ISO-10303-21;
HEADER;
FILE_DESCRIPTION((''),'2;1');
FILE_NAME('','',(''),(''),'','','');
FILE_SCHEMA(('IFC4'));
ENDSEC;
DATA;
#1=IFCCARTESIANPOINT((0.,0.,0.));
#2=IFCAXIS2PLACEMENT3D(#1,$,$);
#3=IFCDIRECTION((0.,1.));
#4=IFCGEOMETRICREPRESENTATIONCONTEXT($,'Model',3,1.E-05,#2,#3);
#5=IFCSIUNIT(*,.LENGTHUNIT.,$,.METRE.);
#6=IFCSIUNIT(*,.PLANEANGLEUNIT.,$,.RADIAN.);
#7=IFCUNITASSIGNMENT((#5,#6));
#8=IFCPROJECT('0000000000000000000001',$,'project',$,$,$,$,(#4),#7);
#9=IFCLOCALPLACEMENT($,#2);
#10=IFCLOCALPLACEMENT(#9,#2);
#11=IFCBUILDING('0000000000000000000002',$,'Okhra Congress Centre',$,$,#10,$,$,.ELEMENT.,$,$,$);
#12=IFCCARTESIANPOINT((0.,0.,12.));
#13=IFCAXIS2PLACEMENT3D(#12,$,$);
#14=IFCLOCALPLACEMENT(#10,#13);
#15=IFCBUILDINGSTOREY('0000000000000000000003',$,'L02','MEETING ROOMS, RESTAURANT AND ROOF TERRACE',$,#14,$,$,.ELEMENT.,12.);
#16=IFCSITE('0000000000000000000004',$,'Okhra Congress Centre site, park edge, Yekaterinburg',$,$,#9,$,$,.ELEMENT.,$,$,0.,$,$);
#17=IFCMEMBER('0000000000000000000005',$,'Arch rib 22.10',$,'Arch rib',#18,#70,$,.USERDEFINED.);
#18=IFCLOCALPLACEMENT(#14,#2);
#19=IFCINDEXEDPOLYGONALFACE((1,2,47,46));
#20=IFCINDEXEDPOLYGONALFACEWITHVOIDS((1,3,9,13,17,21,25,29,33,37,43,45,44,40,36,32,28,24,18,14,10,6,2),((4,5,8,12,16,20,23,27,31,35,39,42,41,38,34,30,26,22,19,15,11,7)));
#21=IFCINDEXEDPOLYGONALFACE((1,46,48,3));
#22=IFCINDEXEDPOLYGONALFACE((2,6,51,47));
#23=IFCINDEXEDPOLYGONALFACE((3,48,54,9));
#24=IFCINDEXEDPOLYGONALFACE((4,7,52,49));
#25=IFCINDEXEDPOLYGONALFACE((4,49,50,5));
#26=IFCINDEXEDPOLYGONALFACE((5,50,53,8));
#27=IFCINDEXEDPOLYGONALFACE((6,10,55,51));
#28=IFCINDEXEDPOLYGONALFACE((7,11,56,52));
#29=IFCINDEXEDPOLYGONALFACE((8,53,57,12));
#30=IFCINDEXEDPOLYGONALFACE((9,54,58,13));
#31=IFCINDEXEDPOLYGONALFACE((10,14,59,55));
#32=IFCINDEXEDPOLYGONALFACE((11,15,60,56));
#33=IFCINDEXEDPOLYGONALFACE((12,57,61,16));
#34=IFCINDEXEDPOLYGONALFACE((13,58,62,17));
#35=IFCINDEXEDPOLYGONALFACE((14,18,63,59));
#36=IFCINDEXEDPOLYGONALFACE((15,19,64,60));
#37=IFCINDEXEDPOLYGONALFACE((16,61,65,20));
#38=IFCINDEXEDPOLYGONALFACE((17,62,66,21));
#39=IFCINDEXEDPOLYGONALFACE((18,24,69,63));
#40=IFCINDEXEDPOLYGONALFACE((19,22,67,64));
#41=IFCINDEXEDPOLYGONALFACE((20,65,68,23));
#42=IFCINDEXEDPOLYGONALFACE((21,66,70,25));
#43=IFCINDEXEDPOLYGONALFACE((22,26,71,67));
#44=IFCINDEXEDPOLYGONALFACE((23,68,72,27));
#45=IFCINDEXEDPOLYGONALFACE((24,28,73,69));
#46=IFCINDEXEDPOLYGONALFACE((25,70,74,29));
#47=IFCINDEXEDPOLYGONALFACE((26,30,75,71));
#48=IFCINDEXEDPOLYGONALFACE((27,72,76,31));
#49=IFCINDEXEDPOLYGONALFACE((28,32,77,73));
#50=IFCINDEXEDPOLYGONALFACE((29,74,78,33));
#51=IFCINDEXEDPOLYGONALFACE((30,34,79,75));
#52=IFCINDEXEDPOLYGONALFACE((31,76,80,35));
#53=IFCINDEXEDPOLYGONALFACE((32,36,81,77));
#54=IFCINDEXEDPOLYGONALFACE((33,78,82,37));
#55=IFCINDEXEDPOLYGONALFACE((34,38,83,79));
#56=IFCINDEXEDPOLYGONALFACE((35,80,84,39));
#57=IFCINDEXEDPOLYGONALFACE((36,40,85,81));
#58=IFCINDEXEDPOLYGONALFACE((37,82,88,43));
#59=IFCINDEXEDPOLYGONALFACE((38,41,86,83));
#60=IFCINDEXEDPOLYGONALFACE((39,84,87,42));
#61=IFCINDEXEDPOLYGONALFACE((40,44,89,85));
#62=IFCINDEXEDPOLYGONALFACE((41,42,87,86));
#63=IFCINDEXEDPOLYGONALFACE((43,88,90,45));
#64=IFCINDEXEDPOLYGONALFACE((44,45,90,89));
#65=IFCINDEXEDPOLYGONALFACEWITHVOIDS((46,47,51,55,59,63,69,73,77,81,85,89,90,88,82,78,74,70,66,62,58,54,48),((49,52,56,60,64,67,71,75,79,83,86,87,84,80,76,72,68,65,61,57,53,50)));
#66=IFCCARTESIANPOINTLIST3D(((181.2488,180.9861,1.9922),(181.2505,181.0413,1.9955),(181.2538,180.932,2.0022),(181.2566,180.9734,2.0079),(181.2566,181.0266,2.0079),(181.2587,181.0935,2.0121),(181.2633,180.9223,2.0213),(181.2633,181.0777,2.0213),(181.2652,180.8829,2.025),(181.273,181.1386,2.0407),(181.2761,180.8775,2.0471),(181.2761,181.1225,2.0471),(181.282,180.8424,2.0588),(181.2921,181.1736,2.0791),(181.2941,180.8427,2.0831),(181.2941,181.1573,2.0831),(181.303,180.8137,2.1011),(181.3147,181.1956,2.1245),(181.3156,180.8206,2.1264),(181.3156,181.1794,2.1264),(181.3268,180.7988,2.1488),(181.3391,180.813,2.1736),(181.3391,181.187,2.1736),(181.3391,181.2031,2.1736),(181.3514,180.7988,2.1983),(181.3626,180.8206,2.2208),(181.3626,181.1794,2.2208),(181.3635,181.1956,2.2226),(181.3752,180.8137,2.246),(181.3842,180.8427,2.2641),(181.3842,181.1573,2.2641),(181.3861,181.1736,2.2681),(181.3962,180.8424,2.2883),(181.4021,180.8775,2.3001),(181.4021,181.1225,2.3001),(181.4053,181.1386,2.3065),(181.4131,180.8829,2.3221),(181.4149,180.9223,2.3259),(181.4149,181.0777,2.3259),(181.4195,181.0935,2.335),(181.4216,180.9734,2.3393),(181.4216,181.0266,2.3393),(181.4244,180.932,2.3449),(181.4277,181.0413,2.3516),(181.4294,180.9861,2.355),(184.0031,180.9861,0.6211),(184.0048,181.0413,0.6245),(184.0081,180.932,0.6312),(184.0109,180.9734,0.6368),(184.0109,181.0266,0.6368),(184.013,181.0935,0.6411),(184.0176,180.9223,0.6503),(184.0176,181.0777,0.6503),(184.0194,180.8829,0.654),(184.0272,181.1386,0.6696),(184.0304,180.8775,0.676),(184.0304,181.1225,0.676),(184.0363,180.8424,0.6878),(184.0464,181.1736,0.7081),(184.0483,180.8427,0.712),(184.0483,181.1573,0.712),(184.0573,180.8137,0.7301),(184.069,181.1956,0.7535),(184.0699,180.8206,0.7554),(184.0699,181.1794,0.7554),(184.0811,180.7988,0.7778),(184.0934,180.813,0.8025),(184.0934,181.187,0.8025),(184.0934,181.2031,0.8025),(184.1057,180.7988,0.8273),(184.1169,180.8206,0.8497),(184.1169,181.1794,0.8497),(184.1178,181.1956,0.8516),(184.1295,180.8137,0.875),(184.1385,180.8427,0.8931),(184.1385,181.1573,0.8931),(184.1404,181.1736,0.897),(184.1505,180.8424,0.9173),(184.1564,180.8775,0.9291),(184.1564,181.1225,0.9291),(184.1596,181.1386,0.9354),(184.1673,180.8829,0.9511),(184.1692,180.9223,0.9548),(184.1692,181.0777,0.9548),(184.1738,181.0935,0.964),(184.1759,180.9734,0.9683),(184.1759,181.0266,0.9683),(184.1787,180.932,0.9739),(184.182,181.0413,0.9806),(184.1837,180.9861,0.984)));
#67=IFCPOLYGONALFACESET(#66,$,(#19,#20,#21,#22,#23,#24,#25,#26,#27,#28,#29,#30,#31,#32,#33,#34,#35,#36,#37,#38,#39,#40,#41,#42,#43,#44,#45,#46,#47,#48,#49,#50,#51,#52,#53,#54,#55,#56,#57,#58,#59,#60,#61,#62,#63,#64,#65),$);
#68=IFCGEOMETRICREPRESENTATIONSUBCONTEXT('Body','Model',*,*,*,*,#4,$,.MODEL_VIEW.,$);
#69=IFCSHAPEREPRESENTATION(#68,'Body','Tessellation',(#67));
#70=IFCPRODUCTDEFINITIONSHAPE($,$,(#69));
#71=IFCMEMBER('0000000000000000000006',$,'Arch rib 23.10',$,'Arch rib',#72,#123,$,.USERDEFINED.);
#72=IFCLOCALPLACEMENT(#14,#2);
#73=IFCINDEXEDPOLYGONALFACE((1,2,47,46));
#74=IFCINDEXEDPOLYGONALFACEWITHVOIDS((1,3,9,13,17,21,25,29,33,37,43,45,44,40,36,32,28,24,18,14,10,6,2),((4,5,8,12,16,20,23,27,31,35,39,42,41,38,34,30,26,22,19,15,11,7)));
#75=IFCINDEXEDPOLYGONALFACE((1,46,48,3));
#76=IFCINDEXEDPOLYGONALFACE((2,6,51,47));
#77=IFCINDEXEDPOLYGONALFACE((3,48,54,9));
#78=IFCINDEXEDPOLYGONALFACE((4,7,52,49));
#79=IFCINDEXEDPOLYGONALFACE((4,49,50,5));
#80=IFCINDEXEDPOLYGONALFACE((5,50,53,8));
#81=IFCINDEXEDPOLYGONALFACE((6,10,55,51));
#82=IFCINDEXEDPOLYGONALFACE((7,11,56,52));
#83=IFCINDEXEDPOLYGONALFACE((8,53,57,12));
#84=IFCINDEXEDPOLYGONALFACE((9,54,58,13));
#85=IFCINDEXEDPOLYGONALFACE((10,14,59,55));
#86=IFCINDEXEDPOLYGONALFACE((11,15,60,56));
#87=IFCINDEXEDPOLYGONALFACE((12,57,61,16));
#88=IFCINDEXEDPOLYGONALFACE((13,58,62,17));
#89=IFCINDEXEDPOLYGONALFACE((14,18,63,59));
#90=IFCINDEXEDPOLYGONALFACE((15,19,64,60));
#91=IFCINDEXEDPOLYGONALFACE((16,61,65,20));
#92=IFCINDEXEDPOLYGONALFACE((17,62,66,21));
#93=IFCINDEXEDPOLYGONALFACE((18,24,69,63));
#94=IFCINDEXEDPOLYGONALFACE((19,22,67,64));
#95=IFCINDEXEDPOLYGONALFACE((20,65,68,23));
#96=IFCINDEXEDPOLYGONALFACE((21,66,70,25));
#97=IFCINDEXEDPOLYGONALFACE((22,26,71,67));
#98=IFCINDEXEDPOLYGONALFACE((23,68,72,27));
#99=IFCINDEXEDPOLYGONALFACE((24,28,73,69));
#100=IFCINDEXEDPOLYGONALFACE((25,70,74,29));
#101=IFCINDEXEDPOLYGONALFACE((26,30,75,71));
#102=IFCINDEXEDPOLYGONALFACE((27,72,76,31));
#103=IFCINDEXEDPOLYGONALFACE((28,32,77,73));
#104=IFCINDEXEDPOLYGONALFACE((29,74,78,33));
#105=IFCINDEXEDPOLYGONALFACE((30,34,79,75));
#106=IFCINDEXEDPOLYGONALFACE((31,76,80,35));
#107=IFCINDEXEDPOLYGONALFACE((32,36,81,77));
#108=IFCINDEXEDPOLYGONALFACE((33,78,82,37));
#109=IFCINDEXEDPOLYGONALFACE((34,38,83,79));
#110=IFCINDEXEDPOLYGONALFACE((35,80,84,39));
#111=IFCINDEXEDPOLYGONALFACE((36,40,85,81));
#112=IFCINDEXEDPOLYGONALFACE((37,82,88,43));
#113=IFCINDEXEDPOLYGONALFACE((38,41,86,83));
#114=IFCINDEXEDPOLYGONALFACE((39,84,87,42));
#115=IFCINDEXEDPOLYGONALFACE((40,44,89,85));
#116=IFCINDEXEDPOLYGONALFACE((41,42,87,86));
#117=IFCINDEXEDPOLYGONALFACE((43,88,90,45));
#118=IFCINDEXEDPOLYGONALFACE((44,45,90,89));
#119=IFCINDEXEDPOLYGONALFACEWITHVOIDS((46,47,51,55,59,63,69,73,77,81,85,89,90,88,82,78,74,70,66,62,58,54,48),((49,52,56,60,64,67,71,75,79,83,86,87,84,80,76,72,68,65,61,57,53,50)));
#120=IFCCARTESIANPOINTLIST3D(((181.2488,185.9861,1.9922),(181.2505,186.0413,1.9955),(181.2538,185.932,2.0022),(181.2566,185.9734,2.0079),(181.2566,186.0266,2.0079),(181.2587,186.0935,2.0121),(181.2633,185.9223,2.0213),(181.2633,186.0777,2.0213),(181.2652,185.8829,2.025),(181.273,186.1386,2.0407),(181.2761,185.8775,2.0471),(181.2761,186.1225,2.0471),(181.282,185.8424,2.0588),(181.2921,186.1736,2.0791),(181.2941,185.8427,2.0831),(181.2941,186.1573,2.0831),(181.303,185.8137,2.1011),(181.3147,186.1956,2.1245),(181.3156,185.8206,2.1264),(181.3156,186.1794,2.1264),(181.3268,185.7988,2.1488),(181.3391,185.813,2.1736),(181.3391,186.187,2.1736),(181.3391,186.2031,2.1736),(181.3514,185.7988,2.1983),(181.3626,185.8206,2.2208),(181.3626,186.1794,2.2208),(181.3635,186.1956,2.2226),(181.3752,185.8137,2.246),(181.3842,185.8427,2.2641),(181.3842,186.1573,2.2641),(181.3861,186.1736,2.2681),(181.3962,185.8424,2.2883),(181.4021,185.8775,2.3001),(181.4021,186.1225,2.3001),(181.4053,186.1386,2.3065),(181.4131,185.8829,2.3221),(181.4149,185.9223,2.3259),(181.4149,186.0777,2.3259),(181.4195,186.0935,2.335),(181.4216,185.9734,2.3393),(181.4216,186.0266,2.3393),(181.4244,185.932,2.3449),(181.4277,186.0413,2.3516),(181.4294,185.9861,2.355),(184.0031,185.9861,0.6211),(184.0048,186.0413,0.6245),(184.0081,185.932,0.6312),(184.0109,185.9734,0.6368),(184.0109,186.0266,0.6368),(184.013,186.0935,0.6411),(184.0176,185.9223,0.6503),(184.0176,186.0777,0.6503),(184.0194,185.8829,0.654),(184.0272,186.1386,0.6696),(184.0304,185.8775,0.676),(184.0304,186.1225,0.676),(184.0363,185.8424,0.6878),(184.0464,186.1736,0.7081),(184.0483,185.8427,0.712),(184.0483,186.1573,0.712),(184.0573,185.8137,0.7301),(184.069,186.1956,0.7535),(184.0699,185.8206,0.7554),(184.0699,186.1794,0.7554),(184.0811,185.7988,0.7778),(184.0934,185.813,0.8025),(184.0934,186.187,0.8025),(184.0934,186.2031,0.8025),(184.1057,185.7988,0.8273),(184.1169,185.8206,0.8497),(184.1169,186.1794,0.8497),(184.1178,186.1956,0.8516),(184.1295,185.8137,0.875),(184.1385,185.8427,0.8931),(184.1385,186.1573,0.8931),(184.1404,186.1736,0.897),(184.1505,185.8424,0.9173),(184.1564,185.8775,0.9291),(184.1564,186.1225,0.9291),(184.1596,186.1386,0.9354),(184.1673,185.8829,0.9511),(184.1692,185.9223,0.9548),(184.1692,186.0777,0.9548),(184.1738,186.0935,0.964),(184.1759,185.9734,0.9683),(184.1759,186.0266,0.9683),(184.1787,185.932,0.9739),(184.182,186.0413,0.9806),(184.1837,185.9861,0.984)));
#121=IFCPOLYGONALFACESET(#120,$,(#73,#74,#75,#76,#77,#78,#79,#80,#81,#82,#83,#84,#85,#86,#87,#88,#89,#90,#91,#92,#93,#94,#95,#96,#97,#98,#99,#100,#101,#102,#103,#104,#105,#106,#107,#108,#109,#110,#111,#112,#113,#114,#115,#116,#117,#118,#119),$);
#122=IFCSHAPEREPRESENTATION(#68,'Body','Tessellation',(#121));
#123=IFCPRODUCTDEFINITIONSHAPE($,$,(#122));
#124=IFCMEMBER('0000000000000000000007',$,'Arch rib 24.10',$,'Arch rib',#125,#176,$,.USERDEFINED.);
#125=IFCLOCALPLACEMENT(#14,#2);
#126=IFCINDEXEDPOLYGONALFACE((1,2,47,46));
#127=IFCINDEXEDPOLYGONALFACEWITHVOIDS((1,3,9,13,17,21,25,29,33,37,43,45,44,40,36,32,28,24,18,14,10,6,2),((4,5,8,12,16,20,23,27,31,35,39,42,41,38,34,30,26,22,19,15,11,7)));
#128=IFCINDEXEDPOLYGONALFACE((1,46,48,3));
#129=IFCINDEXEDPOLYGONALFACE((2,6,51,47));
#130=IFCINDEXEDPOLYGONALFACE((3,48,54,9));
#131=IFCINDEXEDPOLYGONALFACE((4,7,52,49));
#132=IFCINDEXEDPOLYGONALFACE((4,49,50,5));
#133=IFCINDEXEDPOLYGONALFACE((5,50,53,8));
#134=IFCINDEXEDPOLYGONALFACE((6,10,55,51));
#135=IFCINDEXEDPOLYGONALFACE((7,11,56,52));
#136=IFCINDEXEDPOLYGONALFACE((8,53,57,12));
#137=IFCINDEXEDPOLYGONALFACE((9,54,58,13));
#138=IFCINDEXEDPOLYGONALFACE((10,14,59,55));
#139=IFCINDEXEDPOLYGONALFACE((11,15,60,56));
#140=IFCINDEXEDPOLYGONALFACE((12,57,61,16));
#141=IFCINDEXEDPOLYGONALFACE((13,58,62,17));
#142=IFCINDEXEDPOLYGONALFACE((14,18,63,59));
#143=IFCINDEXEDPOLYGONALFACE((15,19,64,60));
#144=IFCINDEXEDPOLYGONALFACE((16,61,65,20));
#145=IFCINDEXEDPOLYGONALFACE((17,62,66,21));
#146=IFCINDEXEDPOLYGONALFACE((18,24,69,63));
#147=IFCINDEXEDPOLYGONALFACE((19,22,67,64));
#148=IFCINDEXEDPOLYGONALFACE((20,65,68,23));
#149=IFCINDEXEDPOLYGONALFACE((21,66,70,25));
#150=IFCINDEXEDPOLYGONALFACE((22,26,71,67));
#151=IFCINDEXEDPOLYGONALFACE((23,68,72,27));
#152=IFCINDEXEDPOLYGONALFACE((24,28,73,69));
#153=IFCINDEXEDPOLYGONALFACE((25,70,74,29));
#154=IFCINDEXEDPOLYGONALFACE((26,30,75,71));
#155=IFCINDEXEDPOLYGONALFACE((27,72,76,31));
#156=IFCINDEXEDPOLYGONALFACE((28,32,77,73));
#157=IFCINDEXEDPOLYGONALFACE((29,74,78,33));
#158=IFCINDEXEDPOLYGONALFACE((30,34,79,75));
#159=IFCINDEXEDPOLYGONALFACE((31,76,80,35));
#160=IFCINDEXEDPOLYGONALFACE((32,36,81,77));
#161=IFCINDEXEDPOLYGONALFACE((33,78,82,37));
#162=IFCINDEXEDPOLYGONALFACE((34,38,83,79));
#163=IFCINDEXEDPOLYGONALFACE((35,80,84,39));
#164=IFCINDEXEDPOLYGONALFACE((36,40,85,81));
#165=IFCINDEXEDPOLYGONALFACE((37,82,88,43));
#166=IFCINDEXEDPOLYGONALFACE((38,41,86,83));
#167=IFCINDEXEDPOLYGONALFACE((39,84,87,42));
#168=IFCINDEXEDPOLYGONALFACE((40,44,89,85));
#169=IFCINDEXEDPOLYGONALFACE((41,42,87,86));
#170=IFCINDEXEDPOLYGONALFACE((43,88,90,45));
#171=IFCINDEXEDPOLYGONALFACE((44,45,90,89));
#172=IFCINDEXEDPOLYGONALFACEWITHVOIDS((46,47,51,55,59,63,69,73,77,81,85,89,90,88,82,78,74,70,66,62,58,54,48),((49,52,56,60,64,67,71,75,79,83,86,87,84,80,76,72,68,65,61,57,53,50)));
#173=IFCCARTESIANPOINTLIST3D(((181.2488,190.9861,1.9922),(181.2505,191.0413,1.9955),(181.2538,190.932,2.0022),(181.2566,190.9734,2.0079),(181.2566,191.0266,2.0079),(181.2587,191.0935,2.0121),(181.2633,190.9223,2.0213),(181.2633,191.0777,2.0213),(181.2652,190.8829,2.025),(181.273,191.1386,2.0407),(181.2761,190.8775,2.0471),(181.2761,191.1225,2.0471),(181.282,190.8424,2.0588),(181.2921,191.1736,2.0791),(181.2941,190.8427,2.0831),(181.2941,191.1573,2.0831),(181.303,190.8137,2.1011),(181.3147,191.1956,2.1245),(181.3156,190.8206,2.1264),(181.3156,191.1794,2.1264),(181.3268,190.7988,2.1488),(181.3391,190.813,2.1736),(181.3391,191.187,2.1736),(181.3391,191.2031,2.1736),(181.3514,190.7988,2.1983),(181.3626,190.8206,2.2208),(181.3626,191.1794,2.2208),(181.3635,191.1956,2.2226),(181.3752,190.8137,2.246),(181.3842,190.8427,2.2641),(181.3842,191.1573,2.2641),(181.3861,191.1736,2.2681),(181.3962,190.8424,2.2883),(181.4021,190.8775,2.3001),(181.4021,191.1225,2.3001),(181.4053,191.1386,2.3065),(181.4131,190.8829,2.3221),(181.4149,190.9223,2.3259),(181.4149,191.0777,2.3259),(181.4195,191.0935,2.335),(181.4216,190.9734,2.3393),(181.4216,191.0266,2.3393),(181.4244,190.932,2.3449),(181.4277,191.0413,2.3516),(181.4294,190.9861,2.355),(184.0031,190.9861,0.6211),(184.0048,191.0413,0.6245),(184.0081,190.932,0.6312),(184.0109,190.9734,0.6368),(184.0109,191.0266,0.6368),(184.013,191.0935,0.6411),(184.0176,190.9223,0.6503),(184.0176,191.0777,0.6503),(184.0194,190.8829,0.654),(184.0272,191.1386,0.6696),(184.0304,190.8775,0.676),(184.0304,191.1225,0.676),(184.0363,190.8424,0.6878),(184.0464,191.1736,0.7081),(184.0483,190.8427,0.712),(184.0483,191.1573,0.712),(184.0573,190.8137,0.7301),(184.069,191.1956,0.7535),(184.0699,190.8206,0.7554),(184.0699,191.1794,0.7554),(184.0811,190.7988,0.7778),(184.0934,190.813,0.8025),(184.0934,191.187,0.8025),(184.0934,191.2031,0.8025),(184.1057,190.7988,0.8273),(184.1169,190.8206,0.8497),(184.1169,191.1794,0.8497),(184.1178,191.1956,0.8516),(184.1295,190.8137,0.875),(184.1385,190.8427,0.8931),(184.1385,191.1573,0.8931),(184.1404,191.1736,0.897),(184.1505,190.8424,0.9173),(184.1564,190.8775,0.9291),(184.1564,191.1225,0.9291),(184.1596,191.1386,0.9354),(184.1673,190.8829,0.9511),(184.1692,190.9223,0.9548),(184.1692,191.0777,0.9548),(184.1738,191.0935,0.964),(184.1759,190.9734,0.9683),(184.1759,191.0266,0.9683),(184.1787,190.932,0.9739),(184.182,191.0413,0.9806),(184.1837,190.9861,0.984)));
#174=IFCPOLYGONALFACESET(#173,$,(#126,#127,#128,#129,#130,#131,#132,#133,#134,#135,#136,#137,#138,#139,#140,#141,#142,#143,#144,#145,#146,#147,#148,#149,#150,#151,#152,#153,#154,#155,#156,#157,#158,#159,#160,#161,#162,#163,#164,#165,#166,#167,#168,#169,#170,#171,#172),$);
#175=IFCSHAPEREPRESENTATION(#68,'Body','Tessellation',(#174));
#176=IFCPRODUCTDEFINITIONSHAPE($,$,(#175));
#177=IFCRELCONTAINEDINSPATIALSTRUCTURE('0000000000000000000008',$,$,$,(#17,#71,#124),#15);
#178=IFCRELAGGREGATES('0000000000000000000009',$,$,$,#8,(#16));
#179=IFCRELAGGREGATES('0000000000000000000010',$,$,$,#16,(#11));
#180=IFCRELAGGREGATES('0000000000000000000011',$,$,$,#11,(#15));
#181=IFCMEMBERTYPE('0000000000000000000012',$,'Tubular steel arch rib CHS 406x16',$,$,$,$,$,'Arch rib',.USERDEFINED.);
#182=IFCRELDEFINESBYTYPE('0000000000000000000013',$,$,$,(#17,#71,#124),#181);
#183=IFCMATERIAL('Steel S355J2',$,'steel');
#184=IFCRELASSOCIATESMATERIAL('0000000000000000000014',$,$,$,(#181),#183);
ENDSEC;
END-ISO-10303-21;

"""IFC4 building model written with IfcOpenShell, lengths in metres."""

from ifc_helpers import new_model, si_unit, direction, frame, origin, origin_2d, place, context, subcontext, project, spatial, hollow_circle, extrude, material, material_profile, profile_set, type_object, element, save


model = new_model("IFC4")

# Units and contexts
model_context = context("Model", 3, precision=1e-05, world=origin(), true_north=direction((0.0, 1.0)))
body_context = subcontext(model_context, "Body", "Model", "MODEL_VIEW")
ifc_project = project(units=[si_unit("LENGTHUNIT", "METRE"), si_unit("PLANEANGLEUNIT", "RADIAN")], contexts=[model_context])

# Site, building, storey
site_placement = place(None, origin())
site = spatial("IfcSite", under=ifc_project, at=site_placement, Name="Okhra Congress Centre site, park edge, Yekaterinburg", CompositionType="ELEMENT", RefElevation=0.0)
building_placement = place(site_placement, origin())
building = spatial("IfcBuilding", under=site, at=building_placement, Name="Okhra Congress Centre", CompositionType="ELEMENT")
storey_placement = place(building_placement, frame((0.0, 0.0, 12.0)))
storey = spatial("IfcBuildingStorey", under=building, at=storey_placement, Name="L02", Description="MEETING ROOMS, RESTAURANT AND ROOF TERRACE", CompositionType="ELEMENT", Elevation=12.0)

# Shared definitions
ifc_material_1 = material(Name="Steel S355J2", Category="steel")

# Members
ifc_material_profile_1 = material_profile(ifc_material_1, hollow_circle(Radius=0.2031, WallThickness=0.0161, at=origin_2d()), Name="CHS 406.4x16")
ifc_profile_set_1 = profile_set([ifc_material_profile_1], Name="Steel S355J2")
member_type_1 = type_object("IfcMemberType", Name="Tubular steel arch rib CHS 406x16", ElementType="Arch rib", PredefinedType="USERDEFINED", material=ifc_profile_set_1)
for number, where, z_axis, x_axis, name in (
    (1, (181.3391, 181.0, 2.1736), (0.895219, 0.0, -0.445626), (0.0, 1.0, 0.0), "Arch rib 22.10"),
    (2, (181.3391, 186.0, 2.1736), (0.895219, 0.0, -0.445626), (0.0, 1.0, 0.0), "Arch rib 23.10"),
    (3, (181.3391, 191.0, 2.1736), (0.895219, 0.0, -0.445626), (0.0, 1.0, 0.0), "Arch rib 24.10"),
):
    element("IfcMember", number, at=place(storey_placement, frame(where, z_axis=z_axis, x_axis=x_axis)), inside=storey, type_object=member_type_1, Name=name, ObjectType="Arch rib", PredefinedType="USERDEFINED", context=body_context, shape_type="SweptSolid", body=[
        extrude(hollow_circle(Radius=0.2031, WallThickness=0.0161, at=origin_2d()), origin(), (0.0, 0.0, 1.0), 3.0767),
    ])

save(model, "model.ifc")
